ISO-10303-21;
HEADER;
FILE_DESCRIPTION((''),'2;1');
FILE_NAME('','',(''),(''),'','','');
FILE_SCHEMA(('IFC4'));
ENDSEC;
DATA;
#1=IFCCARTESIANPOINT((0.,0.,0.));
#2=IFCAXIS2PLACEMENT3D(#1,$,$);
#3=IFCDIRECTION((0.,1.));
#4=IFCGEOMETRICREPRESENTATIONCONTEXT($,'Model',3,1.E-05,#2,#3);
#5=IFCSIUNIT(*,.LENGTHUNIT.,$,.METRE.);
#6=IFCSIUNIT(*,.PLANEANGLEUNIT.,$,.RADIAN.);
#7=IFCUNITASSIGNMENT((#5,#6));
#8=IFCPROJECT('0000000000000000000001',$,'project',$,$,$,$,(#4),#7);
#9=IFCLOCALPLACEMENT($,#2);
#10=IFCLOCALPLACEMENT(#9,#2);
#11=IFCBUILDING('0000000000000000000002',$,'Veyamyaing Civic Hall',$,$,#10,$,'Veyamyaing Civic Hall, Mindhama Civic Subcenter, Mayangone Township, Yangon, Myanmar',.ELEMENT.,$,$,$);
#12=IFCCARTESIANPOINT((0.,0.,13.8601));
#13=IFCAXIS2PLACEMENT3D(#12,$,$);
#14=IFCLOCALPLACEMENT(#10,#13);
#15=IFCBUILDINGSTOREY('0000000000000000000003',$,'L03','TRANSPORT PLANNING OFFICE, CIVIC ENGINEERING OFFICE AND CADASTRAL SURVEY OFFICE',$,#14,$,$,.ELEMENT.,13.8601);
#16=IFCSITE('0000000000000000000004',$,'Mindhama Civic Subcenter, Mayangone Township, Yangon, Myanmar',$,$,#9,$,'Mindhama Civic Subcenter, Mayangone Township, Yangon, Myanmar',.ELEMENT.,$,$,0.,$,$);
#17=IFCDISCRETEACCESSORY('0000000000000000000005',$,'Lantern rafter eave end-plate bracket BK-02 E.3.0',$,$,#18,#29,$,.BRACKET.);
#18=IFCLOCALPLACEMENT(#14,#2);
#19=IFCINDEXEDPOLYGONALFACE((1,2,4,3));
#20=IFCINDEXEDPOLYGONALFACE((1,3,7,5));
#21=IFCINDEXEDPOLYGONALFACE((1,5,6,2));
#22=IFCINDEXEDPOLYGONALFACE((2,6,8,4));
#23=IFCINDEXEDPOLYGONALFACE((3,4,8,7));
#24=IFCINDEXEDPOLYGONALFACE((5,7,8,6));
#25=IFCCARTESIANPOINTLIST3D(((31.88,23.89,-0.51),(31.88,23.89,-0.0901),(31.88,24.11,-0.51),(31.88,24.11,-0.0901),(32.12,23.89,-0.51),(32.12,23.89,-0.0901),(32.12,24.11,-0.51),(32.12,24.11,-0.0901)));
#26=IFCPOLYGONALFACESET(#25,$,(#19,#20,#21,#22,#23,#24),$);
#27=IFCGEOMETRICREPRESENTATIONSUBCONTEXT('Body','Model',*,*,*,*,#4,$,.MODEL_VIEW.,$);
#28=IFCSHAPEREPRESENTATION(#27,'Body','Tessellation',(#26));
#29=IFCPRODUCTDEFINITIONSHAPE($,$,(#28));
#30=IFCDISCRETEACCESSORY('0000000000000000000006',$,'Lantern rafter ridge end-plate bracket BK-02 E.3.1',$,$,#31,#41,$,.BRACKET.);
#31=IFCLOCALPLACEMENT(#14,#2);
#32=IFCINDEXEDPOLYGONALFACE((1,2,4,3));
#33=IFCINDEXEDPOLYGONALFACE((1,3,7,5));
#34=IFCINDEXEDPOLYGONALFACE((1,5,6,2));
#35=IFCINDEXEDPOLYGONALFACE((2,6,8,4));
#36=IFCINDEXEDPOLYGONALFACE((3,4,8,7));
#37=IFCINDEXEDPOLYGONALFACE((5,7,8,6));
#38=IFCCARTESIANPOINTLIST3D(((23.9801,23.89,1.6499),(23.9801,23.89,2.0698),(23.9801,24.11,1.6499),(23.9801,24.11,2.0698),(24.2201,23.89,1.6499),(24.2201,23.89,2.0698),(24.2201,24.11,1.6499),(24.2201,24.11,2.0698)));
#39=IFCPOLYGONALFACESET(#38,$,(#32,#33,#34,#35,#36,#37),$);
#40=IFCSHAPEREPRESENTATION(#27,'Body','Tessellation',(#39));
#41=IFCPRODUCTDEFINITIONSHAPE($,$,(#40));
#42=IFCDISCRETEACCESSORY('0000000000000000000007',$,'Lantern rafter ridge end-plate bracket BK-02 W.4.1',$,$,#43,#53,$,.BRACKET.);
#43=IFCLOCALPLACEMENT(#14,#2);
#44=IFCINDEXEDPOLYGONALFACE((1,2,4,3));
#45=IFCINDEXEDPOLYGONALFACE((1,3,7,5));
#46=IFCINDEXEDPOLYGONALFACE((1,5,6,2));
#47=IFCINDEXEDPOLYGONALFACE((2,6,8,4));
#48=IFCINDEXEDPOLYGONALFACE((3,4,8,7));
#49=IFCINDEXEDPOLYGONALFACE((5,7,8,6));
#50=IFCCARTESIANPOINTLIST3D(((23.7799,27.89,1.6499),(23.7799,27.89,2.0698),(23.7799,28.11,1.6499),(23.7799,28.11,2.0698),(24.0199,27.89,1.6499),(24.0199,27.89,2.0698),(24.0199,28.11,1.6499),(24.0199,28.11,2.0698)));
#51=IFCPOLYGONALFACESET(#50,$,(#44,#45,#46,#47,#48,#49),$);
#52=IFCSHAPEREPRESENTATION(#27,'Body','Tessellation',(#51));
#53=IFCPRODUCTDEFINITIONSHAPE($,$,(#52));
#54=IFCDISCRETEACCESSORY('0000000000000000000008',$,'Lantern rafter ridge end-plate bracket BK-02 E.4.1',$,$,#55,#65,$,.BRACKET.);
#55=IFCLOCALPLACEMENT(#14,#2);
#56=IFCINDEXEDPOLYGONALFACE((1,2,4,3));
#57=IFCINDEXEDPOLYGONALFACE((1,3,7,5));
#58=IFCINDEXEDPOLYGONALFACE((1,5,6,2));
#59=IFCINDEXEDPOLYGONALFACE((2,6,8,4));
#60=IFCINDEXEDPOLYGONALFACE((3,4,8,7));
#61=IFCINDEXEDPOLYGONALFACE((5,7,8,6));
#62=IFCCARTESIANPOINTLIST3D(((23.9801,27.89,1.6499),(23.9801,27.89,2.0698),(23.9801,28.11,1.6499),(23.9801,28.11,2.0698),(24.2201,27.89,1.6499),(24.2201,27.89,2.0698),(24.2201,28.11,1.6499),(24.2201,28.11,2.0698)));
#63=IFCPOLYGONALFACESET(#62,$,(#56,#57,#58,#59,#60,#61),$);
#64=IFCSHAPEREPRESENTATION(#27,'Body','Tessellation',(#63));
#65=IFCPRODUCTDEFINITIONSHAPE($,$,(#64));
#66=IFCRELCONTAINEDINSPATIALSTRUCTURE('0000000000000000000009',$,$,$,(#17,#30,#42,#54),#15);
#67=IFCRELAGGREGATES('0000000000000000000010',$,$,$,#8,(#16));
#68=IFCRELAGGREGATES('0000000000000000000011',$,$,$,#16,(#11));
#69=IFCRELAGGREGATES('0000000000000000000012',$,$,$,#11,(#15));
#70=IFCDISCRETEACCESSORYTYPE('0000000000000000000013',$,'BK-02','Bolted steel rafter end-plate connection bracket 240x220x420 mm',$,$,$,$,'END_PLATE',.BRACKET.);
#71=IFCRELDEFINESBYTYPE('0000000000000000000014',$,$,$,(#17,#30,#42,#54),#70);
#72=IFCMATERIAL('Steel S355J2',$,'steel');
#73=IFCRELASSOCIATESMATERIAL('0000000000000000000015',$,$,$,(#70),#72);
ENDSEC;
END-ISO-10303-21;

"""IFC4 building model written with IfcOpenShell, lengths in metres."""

from ifc_helpers import new_model, si_unit, direction, frame, origin, origin_2d, place, context, subcontext, project, spatial, rectangle, extrude, material, type_object, element, save


model = new_model("IFC4")

# Units and contexts
model_context = context("Model", 3, precision=1e-05, world=origin(), true_north=direction((0.0, 1.0)))
body_context = subcontext(model_context, "Body", "Model", "MODEL_VIEW")
ifc_project = project(units=[si_unit("LENGTHUNIT", "METRE"), si_unit("PLANEANGLEUNIT", "RADIAN")], contexts=[model_context])

# Site, building, storey
site_placement = place(None, origin())
site = spatial("IfcSite", under=ifc_project, at=site_placement, Name="Mindhama Civic Subcenter, Mayangone Township, Yangon, Myanmar", LongName="Mindhama Civic Subcenter, Mayangone Township, Yangon, Myanmar", CompositionType="ELEMENT", RefElevation=0.0)
building_placement = place(site_placement, origin())
building = spatial("IfcBuilding", under=site, at=building_placement, Name="Veyamyaing Civic Hall", LongName="Veyamyaing Civic Hall, Mindhama Civic Subcenter, Mayangone Township, Yangon, Myanmar", CompositionType="ELEMENT")
storey_placement = place(building_placement, frame((0.0, 0.0, 13.8601)))
storey = spatial("IfcBuildingStorey", under=building, at=storey_placement, Name="L03", Description="TRANSPORT PLANNING OFFICE, CIVIC ENGINEERING OFFICE AND CADASTRAL SURVEY OFFICE", CompositionType="ELEMENT", Elevation=13.8601)

# Discrete accessories
ifc_material_1 = material(Name="Steel S355J2", Category="steel")
discrete_accessory_type = type_object("IfcDiscreteAccessoryType", Name="BK-02", Description="Bolted steel rafter end-plate connection bracket 240x220x420 mm", ElementType="END_PLATE", PredefinedType="BRACKET", material=ifc_material_1)
for number, where, z_axis, x_axis, name in (
    (1, (32.0, 24.0, -0.51), (0.0, 0.0, 1.0), (1.0, 0.0, 0.0), "Lantern rafter eave end-plate bracket BK-02 E.3.0"),
    (2, (24.1001, 24.0, 1.6499), (0.0, 0.0, 1.0), (1.0, 0.0, 0.0), "Lantern rafter ridge end-plate bracket BK-02 E.3.1"),
    (3, (23.8999, 28.0, 1.6499), (0.0, 0.0, 1.0), (1.0, 0.0, 0.0), "Lantern rafter ridge end-plate bracket BK-02 W.4.1"),
    (4, (24.1001, 28.0, 1.6499), (0.0, 0.0, 1.0), (1.0, 0.0, 0.0), "Lantern rafter ridge end-plate bracket BK-02 E.4.1"),
):
    element("IfcDiscreteAccessory", number, at=place(storey_placement, frame(where, z_axis=z_axis, x_axis=x_axis)), inside=storey, type_object=discrete_accessory_type, Name=name, PredefinedType="BRACKET", context=body_context, shape_type="SweptSolid", body=[
        extrude(rectangle(XDim=0.24, YDim=0.22, at=origin_2d()), origin(), (0.0, 0.0, 1.0), 0.4199),
    ])

save(model, "model.ifc")
